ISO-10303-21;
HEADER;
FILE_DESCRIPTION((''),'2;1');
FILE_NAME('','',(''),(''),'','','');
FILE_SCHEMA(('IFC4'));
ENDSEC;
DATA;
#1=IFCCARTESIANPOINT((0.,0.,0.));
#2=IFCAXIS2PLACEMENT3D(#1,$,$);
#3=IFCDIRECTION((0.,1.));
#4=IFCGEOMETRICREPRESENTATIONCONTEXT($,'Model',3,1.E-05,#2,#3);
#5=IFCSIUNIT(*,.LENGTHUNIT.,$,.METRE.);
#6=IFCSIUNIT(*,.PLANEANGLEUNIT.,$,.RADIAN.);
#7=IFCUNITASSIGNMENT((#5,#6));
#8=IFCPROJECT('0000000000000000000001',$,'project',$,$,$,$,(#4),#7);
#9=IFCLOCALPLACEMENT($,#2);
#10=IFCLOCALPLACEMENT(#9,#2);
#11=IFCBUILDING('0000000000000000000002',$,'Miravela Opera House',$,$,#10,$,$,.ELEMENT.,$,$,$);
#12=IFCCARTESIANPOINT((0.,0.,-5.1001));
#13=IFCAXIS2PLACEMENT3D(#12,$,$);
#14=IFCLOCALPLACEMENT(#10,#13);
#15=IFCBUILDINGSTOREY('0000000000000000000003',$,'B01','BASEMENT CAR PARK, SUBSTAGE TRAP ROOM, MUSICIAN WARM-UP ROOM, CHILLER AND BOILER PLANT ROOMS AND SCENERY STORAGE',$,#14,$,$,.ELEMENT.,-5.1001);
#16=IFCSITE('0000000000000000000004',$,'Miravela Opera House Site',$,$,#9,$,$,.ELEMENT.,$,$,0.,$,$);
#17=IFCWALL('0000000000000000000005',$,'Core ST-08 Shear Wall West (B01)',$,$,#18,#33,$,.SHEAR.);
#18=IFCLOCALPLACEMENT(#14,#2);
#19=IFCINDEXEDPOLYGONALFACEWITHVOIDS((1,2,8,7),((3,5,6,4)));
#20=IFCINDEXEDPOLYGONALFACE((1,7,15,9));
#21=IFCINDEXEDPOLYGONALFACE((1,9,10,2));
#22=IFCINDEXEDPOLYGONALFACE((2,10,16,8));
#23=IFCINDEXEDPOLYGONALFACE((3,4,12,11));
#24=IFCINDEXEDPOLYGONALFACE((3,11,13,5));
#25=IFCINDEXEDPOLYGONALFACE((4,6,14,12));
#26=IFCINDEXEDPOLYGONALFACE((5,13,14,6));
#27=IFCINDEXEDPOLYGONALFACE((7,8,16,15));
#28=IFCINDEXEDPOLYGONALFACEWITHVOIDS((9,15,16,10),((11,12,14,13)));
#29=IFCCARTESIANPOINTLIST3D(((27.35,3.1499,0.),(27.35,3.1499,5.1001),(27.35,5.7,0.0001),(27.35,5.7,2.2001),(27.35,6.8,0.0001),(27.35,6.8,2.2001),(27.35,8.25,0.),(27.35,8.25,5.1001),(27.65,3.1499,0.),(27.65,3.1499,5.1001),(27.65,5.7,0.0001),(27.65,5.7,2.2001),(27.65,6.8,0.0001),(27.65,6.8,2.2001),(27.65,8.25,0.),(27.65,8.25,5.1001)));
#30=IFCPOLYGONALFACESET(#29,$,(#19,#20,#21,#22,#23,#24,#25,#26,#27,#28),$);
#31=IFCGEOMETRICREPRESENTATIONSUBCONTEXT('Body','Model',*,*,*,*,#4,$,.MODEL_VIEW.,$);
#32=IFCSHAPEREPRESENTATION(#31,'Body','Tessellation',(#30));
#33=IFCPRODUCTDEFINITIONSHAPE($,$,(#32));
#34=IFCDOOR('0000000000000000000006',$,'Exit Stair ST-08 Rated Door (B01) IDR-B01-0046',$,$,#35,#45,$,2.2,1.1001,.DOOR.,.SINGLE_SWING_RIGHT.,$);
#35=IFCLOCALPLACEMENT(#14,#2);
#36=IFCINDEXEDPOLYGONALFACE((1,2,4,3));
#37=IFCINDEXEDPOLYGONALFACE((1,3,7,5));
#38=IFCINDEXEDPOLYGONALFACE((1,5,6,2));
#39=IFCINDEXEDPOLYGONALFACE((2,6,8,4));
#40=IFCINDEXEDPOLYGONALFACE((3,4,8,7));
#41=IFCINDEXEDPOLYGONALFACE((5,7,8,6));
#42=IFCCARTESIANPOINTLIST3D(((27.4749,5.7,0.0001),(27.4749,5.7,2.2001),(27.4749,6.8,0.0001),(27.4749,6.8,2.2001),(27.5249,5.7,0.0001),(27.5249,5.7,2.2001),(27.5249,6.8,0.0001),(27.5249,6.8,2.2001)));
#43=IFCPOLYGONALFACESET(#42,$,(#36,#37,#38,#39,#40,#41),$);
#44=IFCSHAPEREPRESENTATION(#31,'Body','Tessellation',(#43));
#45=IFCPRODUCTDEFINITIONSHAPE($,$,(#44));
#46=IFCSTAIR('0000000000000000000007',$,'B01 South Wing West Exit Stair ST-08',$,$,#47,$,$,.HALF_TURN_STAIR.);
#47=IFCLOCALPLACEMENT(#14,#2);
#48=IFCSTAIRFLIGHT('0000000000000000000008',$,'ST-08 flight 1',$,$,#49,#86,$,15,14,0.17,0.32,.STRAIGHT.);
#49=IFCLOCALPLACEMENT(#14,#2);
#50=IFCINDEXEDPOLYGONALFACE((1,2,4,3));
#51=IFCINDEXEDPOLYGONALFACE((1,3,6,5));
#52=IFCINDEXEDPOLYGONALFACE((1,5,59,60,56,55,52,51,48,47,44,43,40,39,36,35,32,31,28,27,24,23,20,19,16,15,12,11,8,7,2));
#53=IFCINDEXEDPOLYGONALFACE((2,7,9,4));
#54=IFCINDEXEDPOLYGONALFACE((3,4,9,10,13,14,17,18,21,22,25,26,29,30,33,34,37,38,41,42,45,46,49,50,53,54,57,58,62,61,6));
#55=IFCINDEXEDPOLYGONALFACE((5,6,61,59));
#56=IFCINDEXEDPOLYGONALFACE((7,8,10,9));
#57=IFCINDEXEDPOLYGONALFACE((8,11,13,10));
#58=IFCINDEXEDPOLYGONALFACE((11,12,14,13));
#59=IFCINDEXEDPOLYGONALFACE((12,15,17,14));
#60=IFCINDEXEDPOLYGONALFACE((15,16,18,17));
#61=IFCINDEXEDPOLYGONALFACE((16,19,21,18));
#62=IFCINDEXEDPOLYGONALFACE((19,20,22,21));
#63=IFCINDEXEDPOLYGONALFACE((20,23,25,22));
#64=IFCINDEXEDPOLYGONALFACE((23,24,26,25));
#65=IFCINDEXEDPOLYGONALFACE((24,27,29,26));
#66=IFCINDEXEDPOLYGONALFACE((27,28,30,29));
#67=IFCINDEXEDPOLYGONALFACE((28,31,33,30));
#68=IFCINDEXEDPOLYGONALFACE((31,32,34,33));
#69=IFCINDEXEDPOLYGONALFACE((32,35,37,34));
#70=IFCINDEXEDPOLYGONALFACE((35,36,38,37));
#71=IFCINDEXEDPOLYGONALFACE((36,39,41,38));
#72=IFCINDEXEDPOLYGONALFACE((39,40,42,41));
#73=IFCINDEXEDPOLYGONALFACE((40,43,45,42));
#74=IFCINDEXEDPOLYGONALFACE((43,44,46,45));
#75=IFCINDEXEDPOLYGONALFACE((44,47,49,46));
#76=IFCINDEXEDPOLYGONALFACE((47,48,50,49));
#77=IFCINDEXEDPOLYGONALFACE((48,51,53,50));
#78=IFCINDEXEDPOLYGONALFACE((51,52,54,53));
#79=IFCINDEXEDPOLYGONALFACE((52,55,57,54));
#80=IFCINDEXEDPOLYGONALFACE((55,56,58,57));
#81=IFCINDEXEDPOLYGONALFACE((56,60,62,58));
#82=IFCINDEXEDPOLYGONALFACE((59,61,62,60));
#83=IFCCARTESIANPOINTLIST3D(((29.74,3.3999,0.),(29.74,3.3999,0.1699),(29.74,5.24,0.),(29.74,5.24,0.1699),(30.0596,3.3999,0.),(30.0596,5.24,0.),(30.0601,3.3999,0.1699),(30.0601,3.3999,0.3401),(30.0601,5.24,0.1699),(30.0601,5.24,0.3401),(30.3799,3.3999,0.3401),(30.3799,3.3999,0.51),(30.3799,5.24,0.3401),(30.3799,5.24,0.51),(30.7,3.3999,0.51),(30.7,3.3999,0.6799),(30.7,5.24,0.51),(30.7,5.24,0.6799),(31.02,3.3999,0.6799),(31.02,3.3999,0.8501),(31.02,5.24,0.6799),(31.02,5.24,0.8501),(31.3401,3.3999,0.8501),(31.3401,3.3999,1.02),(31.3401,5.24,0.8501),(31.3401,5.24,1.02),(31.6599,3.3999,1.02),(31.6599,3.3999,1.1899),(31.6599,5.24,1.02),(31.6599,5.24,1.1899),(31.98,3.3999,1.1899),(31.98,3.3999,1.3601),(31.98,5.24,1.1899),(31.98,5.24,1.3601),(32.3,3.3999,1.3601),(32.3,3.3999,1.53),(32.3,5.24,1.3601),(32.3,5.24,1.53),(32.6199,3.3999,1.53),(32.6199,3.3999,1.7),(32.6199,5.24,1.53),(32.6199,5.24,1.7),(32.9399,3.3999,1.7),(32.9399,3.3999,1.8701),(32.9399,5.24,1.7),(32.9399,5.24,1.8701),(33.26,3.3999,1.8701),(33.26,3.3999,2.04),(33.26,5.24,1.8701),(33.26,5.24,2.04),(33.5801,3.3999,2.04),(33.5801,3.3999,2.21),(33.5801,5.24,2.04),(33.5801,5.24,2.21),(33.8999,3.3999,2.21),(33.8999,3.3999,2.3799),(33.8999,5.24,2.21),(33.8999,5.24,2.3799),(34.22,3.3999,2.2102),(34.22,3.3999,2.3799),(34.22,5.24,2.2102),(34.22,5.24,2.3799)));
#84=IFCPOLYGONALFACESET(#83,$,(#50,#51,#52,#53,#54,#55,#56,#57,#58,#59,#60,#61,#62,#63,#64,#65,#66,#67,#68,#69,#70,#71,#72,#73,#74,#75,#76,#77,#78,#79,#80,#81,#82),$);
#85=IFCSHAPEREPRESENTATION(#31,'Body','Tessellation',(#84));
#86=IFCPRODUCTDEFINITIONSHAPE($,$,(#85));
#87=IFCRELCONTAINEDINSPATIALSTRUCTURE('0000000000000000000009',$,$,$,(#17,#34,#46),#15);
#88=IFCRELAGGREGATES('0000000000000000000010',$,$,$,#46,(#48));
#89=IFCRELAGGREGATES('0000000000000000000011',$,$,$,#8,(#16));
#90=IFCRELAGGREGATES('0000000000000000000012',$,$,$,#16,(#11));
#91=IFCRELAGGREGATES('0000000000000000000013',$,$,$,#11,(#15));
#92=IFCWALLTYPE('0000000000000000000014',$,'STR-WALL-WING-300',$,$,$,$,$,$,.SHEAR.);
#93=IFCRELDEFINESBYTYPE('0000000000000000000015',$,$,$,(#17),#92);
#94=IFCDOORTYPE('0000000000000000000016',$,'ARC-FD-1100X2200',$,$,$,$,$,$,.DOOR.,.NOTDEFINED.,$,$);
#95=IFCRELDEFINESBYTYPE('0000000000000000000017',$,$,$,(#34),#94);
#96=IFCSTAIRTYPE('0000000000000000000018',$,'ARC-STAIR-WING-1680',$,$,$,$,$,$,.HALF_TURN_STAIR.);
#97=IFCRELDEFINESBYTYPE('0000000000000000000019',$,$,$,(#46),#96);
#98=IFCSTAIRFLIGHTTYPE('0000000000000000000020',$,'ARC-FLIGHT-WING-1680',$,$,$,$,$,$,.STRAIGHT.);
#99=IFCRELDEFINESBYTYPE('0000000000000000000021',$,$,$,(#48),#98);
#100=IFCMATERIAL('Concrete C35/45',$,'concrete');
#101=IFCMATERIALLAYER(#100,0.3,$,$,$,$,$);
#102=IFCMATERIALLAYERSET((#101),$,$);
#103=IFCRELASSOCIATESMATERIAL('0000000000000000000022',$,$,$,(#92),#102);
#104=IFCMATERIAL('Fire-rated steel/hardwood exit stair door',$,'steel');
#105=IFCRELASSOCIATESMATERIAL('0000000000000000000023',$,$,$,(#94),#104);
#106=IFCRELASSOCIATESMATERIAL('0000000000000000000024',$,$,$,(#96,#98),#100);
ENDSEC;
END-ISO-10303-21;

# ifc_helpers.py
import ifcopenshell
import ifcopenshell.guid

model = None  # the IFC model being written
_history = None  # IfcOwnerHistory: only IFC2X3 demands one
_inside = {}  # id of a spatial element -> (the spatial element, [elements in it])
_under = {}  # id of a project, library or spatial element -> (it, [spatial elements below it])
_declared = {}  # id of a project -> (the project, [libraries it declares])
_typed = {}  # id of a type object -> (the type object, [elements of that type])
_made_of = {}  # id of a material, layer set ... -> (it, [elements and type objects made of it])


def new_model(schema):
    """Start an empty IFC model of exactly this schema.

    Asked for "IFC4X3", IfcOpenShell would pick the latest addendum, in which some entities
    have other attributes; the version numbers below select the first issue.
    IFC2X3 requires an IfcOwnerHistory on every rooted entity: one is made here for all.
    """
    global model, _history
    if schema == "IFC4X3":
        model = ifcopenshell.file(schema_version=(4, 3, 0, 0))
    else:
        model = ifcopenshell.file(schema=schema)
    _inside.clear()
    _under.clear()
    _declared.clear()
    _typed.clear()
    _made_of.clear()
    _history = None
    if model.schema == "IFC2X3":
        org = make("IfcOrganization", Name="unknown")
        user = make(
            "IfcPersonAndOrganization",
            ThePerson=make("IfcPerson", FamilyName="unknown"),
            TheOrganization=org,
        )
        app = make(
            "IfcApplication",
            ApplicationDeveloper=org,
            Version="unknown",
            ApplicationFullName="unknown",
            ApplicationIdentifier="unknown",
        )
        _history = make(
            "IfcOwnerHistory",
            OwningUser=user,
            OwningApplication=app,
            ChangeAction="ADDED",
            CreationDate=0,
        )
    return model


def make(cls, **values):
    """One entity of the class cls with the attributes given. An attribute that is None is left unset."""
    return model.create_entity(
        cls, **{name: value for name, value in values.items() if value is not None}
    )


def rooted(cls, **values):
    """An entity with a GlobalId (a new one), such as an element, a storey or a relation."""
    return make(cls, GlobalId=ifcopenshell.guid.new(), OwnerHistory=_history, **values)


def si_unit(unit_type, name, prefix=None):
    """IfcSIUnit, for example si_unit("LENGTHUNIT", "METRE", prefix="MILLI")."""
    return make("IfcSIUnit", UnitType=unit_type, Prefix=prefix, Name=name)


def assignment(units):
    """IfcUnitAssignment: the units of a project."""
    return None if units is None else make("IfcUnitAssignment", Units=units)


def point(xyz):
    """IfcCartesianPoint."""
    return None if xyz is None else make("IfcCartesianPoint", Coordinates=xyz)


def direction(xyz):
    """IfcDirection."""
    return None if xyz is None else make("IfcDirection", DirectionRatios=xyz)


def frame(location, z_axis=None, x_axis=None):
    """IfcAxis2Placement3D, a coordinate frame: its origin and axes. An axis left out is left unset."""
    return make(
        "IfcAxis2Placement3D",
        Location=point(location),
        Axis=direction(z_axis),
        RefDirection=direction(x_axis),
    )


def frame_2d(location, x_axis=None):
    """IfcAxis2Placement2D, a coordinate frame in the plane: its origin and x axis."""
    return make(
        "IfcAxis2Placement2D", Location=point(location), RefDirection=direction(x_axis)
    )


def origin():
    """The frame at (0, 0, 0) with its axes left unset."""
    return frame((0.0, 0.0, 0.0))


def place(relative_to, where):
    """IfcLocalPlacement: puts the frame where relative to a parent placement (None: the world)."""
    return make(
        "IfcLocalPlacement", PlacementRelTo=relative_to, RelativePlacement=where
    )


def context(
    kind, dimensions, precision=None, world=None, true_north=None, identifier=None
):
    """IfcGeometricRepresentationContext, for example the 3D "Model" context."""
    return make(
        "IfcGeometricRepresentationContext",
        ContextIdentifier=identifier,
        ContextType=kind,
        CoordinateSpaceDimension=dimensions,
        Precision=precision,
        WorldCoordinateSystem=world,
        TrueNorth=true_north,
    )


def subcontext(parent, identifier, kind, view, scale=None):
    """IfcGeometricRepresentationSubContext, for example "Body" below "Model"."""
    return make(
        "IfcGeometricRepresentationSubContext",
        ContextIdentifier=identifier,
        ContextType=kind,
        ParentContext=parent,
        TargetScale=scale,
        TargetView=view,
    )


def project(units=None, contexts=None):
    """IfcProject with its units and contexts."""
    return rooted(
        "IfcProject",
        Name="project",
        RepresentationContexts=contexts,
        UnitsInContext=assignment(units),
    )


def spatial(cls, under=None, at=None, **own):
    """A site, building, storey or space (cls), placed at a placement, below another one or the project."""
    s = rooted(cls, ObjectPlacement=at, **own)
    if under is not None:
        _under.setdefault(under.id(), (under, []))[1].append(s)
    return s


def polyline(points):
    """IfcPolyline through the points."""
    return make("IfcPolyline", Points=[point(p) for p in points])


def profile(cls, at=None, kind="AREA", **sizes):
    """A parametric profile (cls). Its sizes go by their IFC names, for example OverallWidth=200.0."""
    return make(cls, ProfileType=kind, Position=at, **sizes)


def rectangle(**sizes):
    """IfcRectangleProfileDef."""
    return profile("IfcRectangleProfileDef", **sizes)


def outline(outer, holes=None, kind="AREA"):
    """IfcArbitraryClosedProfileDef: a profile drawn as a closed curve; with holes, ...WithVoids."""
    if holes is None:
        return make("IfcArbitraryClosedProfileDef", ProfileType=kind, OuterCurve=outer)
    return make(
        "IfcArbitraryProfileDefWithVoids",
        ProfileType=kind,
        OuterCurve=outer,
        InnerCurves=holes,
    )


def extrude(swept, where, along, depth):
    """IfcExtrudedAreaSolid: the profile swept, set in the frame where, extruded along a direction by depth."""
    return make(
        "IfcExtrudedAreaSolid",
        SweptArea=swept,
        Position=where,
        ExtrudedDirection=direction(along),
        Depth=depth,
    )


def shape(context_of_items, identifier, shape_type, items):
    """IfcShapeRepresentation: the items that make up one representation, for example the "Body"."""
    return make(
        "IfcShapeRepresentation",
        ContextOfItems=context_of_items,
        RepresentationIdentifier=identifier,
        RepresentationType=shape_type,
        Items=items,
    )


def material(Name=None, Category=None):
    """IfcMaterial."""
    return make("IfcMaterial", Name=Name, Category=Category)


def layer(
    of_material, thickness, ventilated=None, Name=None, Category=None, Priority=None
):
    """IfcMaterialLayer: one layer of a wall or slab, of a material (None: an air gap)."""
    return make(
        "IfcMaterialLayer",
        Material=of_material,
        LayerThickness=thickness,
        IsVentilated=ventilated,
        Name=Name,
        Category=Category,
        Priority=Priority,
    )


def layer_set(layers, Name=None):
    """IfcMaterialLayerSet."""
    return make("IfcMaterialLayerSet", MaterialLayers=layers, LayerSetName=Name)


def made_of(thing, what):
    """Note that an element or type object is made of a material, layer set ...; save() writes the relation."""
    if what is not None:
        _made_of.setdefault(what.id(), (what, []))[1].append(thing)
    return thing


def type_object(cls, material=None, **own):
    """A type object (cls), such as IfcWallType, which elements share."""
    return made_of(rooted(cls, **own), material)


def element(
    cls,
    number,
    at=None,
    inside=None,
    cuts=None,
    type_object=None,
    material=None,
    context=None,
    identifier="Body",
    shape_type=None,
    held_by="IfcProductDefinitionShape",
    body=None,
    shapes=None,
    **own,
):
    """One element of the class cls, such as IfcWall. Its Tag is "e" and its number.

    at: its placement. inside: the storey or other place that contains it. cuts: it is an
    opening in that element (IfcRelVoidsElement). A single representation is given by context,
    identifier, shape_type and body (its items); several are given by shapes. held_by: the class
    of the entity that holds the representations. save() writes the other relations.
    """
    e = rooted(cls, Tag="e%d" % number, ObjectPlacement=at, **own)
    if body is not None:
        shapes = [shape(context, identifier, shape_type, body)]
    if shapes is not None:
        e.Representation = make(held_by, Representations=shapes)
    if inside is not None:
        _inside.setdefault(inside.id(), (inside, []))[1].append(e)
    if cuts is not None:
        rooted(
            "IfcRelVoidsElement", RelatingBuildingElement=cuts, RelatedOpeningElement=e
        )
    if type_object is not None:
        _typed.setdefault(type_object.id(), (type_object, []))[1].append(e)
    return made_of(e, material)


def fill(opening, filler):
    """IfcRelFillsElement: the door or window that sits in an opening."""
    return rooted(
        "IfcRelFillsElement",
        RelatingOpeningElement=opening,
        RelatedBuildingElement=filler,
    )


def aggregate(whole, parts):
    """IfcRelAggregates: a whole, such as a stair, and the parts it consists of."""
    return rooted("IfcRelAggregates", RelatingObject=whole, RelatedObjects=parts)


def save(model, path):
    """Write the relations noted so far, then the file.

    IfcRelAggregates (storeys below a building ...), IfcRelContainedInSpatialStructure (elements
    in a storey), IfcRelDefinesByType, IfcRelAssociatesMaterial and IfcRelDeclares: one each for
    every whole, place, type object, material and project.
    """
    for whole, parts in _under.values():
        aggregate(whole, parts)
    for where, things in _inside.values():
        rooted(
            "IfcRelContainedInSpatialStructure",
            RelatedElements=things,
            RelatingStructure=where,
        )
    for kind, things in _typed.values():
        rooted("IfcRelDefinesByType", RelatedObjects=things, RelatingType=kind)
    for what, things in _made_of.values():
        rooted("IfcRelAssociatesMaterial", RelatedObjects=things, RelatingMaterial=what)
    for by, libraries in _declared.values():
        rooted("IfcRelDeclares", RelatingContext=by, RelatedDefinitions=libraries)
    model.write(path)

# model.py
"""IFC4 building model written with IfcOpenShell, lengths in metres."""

from ifc_helpers import new_model, si_unit, direction, frame, frame_2d, origin, place, context, subcontext, project, spatial, polyline, rectangle, outline, extrude, material, layer, layer_set, type_object, element, fill, aggregate, save


model = new_model("IFC4")

# Units and contexts
model_context = context("Model", 3, precision=1e-05, world=origin(), true_north=direction((0.0, 1.0)))
body_context = subcontext(model_context, "Body", "Model", "MODEL_VIEW")
ifc_project = project(units=[si_unit("LENGTHUNIT", "METRE"), si_unit("PLANEANGLEUNIT", "RADIAN")], contexts=[model_context])

# Site, building, storey
site_placement = place(None, origin())
site = spatial("IfcSite", under=ifc_project, at=site_placement, Name="Miravela Opera House Site", CompositionType="ELEMENT", RefElevation=0.0)
building_placement = place(site_placement, origin())
building = spatial("IfcBuilding", under=site, at=building_placement, Name="Miravela Opera House", CompositionType="ELEMENT")
storey_placement = place(building_placement, frame((0.0, 0.0, -5.1001)))
storey = spatial("IfcBuildingStorey", under=building, at=storey_placement, Name="B01", Description="BASEMENT CAR PARK, SUBSTAGE TRAP ROOM, MUSICIAN WARM-UP ROOM, CHILLER AND BOILER PLANT ROOMS AND SCENERY STORAGE", CompositionType="ELEMENT", Elevation=-5.1001)

# Shared definitions
ifc_material_1 = material(Name="Concrete C35/45", Category="concrete")

# Shared definitions
ifc_layer_1 = layer(ifc_material_1, 0.3)
ifc_layer_set_1 = layer_set([ifc_layer_1])
wall_type = type_object("IfcWallType", Name="STR-WALL-WING-300", PredefinedType="SHEAR", material=ifc_layer_set_1)

# Wall, opening, door
wall_1_placement = place(storey_placement, frame((27.5, 3.1499, 0.0), z_axis=(0.0, 0.0, 1.0), x_axis=(0.0, 1.0, 0.0)))
wall_1 = element("IfcWall", 1, at=wall_1_placement, inside=storey, type_object=wall_type, Name="Core ST-08 Shear Wall West (B01)", PredefinedType="SHEAR", context=body_context, shape_type="SweptSolid", body=[
    extrude(rectangle(XDim=5.1001, YDim=0.3, at=frame_2d((2.55, 0.0))), origin(), (0.0, 0.0, 1.0), 5.1001),
])
opening_placement = place(wall_1_placement, frame((2.55, 0.0, 0.0)))
opening = element("IfcOpeningElement", 2, at=opening_placement, cuts=wall_1, PredefinedType="OPENING", context=body_context, shape_type="SweptSolid", body=[
    extrude(rectangle(XDim=1.1001, YDim=2.2, at=frame_2d((0.55, 1.1001))), frame((0.0, 0.1599, 0.0), z_axis=(0.0, -1.0, 0.0), x_axis=(1.0, 0.0, 0.0)), (0.0, 0.0, 1.0), 0.3201),
])
ifc_material_2 = material(Name="Fire-rated steel/hardwood exit stair door", Category="steel")
door_type = type_object("IfcDoorType", Name="ARC-FD-1100X2200", OperationType="NOTDEFINED", PredefinedType="DOOR", material=ifc_material_2)
door_placement = place(opening_placement, frame((1.1001, 0.0, 0.0), z_axis=(0.0, 0.0, 1.0), x_axis=(-1.0, 0.0, 0.0)))
door = element("IfcDoor", 3, at=door_placement, inside=storey, type_object=door_type, Name="Exit Stair ST-08 Rated Door (B01) IDR-B01-0046", OperationType="SINGLE_SWING_RIGHT", OverallHeight=2.2, OverallWidth=1.1001, PredefinedType="DOOR", context=body_context, shape_type="SweptSolid", body=[
    extrude(rectangle(XDim=1.1001, YDim=2.2, at=frame_2d((0.55, 1.1001))), frame((0.0, 0.0249, 0.0), z_axis=(0.0, -1.0, 0.0), x_axis=(1.0, 0.0, 0.0)), (0.0, 0.0, 1.0), 0.05),
])
fill(opening, door)

# Stair, stair flight
stair_type = type_object("IfcStairType", Name="ARC-STAIR-WING-1680", PredefinedType="HALF_TURN_STAIR", material=ifc_material_1)
stair_placement = place(storey_placement, origin())
stair = element("IfcStair", 4, at=stair_placement, inside=storey, type_object=stair_type, Name="B01 South Wing West Exit Stair ST-08", PredefinedType="HALF_TURN_STAIR")
stair_flight_type = type_object("IfcStairFlightType", Name="ARC-FLIGHT-WING-1680", PredefinedType="STRAIGHT", material=ifc_material_1)
stair_flight_placement = place(storey_placement, frame((29.74, 4.3201, 0.0), z_axis=(0.0, 0.0, 1.0), x_axis=(1.0, 0.0, 0.0)))
stair_flight = element("IfcStairFlight", 5, at=stair_flight_placement, type_object=stair_flight_type, Name="ST-08 flight 1", NumberOfRisers=15, NumberOfTreads=14, PredefinedType="STRAIGHT", RiserHeight=0.17, TreadLength=0.32, context=body_context, shape_type="SweptSolid", body=[
    extrude(outline(polyline([(0.0, 0.0), (0.0, 0.1699), (0.3201, 0.1699), (0.3201, 0.3401), (0.6399, 0.3401), (0.6399, 0.51), (0.96, 0.51), (0.96, 0.6799), (1.28, 0.6799), (1.28, 0.8501), (1.6001, 0.8501), (1.6001, 1.02), (1.9199, 1.02), (1.9199, 1.1899), (2.24, 1.1899), (2.24, 1.3601), (2.5601, 1.3601), (2.5601, 1.53), (2.8799, 1.53), (2.8799, 1.7), (3.2, 1.7), (3.2, 1.8701), (3.52, 1.8701), (3.52, 2.04), (3.8401, 2.04), (3.8401, 2.21), (4.1599, 2.21), (4.1599, 2.3799), (4.48, 2.3799), (4.48, 2.55), (4.48, 2.2102), (0.3196, 0.0), (0.0, 0.0)])), frame((0.0, 0.9199, 0.0), z_axis=(0.0, -1.0, 0.0), x_axis=(1.0, 0.0, 0.0)), (0.0, 0.0, 1.0), 1.8401),
])
aggregate(stair, [stair_flight])

save(model, "model.ifc")
